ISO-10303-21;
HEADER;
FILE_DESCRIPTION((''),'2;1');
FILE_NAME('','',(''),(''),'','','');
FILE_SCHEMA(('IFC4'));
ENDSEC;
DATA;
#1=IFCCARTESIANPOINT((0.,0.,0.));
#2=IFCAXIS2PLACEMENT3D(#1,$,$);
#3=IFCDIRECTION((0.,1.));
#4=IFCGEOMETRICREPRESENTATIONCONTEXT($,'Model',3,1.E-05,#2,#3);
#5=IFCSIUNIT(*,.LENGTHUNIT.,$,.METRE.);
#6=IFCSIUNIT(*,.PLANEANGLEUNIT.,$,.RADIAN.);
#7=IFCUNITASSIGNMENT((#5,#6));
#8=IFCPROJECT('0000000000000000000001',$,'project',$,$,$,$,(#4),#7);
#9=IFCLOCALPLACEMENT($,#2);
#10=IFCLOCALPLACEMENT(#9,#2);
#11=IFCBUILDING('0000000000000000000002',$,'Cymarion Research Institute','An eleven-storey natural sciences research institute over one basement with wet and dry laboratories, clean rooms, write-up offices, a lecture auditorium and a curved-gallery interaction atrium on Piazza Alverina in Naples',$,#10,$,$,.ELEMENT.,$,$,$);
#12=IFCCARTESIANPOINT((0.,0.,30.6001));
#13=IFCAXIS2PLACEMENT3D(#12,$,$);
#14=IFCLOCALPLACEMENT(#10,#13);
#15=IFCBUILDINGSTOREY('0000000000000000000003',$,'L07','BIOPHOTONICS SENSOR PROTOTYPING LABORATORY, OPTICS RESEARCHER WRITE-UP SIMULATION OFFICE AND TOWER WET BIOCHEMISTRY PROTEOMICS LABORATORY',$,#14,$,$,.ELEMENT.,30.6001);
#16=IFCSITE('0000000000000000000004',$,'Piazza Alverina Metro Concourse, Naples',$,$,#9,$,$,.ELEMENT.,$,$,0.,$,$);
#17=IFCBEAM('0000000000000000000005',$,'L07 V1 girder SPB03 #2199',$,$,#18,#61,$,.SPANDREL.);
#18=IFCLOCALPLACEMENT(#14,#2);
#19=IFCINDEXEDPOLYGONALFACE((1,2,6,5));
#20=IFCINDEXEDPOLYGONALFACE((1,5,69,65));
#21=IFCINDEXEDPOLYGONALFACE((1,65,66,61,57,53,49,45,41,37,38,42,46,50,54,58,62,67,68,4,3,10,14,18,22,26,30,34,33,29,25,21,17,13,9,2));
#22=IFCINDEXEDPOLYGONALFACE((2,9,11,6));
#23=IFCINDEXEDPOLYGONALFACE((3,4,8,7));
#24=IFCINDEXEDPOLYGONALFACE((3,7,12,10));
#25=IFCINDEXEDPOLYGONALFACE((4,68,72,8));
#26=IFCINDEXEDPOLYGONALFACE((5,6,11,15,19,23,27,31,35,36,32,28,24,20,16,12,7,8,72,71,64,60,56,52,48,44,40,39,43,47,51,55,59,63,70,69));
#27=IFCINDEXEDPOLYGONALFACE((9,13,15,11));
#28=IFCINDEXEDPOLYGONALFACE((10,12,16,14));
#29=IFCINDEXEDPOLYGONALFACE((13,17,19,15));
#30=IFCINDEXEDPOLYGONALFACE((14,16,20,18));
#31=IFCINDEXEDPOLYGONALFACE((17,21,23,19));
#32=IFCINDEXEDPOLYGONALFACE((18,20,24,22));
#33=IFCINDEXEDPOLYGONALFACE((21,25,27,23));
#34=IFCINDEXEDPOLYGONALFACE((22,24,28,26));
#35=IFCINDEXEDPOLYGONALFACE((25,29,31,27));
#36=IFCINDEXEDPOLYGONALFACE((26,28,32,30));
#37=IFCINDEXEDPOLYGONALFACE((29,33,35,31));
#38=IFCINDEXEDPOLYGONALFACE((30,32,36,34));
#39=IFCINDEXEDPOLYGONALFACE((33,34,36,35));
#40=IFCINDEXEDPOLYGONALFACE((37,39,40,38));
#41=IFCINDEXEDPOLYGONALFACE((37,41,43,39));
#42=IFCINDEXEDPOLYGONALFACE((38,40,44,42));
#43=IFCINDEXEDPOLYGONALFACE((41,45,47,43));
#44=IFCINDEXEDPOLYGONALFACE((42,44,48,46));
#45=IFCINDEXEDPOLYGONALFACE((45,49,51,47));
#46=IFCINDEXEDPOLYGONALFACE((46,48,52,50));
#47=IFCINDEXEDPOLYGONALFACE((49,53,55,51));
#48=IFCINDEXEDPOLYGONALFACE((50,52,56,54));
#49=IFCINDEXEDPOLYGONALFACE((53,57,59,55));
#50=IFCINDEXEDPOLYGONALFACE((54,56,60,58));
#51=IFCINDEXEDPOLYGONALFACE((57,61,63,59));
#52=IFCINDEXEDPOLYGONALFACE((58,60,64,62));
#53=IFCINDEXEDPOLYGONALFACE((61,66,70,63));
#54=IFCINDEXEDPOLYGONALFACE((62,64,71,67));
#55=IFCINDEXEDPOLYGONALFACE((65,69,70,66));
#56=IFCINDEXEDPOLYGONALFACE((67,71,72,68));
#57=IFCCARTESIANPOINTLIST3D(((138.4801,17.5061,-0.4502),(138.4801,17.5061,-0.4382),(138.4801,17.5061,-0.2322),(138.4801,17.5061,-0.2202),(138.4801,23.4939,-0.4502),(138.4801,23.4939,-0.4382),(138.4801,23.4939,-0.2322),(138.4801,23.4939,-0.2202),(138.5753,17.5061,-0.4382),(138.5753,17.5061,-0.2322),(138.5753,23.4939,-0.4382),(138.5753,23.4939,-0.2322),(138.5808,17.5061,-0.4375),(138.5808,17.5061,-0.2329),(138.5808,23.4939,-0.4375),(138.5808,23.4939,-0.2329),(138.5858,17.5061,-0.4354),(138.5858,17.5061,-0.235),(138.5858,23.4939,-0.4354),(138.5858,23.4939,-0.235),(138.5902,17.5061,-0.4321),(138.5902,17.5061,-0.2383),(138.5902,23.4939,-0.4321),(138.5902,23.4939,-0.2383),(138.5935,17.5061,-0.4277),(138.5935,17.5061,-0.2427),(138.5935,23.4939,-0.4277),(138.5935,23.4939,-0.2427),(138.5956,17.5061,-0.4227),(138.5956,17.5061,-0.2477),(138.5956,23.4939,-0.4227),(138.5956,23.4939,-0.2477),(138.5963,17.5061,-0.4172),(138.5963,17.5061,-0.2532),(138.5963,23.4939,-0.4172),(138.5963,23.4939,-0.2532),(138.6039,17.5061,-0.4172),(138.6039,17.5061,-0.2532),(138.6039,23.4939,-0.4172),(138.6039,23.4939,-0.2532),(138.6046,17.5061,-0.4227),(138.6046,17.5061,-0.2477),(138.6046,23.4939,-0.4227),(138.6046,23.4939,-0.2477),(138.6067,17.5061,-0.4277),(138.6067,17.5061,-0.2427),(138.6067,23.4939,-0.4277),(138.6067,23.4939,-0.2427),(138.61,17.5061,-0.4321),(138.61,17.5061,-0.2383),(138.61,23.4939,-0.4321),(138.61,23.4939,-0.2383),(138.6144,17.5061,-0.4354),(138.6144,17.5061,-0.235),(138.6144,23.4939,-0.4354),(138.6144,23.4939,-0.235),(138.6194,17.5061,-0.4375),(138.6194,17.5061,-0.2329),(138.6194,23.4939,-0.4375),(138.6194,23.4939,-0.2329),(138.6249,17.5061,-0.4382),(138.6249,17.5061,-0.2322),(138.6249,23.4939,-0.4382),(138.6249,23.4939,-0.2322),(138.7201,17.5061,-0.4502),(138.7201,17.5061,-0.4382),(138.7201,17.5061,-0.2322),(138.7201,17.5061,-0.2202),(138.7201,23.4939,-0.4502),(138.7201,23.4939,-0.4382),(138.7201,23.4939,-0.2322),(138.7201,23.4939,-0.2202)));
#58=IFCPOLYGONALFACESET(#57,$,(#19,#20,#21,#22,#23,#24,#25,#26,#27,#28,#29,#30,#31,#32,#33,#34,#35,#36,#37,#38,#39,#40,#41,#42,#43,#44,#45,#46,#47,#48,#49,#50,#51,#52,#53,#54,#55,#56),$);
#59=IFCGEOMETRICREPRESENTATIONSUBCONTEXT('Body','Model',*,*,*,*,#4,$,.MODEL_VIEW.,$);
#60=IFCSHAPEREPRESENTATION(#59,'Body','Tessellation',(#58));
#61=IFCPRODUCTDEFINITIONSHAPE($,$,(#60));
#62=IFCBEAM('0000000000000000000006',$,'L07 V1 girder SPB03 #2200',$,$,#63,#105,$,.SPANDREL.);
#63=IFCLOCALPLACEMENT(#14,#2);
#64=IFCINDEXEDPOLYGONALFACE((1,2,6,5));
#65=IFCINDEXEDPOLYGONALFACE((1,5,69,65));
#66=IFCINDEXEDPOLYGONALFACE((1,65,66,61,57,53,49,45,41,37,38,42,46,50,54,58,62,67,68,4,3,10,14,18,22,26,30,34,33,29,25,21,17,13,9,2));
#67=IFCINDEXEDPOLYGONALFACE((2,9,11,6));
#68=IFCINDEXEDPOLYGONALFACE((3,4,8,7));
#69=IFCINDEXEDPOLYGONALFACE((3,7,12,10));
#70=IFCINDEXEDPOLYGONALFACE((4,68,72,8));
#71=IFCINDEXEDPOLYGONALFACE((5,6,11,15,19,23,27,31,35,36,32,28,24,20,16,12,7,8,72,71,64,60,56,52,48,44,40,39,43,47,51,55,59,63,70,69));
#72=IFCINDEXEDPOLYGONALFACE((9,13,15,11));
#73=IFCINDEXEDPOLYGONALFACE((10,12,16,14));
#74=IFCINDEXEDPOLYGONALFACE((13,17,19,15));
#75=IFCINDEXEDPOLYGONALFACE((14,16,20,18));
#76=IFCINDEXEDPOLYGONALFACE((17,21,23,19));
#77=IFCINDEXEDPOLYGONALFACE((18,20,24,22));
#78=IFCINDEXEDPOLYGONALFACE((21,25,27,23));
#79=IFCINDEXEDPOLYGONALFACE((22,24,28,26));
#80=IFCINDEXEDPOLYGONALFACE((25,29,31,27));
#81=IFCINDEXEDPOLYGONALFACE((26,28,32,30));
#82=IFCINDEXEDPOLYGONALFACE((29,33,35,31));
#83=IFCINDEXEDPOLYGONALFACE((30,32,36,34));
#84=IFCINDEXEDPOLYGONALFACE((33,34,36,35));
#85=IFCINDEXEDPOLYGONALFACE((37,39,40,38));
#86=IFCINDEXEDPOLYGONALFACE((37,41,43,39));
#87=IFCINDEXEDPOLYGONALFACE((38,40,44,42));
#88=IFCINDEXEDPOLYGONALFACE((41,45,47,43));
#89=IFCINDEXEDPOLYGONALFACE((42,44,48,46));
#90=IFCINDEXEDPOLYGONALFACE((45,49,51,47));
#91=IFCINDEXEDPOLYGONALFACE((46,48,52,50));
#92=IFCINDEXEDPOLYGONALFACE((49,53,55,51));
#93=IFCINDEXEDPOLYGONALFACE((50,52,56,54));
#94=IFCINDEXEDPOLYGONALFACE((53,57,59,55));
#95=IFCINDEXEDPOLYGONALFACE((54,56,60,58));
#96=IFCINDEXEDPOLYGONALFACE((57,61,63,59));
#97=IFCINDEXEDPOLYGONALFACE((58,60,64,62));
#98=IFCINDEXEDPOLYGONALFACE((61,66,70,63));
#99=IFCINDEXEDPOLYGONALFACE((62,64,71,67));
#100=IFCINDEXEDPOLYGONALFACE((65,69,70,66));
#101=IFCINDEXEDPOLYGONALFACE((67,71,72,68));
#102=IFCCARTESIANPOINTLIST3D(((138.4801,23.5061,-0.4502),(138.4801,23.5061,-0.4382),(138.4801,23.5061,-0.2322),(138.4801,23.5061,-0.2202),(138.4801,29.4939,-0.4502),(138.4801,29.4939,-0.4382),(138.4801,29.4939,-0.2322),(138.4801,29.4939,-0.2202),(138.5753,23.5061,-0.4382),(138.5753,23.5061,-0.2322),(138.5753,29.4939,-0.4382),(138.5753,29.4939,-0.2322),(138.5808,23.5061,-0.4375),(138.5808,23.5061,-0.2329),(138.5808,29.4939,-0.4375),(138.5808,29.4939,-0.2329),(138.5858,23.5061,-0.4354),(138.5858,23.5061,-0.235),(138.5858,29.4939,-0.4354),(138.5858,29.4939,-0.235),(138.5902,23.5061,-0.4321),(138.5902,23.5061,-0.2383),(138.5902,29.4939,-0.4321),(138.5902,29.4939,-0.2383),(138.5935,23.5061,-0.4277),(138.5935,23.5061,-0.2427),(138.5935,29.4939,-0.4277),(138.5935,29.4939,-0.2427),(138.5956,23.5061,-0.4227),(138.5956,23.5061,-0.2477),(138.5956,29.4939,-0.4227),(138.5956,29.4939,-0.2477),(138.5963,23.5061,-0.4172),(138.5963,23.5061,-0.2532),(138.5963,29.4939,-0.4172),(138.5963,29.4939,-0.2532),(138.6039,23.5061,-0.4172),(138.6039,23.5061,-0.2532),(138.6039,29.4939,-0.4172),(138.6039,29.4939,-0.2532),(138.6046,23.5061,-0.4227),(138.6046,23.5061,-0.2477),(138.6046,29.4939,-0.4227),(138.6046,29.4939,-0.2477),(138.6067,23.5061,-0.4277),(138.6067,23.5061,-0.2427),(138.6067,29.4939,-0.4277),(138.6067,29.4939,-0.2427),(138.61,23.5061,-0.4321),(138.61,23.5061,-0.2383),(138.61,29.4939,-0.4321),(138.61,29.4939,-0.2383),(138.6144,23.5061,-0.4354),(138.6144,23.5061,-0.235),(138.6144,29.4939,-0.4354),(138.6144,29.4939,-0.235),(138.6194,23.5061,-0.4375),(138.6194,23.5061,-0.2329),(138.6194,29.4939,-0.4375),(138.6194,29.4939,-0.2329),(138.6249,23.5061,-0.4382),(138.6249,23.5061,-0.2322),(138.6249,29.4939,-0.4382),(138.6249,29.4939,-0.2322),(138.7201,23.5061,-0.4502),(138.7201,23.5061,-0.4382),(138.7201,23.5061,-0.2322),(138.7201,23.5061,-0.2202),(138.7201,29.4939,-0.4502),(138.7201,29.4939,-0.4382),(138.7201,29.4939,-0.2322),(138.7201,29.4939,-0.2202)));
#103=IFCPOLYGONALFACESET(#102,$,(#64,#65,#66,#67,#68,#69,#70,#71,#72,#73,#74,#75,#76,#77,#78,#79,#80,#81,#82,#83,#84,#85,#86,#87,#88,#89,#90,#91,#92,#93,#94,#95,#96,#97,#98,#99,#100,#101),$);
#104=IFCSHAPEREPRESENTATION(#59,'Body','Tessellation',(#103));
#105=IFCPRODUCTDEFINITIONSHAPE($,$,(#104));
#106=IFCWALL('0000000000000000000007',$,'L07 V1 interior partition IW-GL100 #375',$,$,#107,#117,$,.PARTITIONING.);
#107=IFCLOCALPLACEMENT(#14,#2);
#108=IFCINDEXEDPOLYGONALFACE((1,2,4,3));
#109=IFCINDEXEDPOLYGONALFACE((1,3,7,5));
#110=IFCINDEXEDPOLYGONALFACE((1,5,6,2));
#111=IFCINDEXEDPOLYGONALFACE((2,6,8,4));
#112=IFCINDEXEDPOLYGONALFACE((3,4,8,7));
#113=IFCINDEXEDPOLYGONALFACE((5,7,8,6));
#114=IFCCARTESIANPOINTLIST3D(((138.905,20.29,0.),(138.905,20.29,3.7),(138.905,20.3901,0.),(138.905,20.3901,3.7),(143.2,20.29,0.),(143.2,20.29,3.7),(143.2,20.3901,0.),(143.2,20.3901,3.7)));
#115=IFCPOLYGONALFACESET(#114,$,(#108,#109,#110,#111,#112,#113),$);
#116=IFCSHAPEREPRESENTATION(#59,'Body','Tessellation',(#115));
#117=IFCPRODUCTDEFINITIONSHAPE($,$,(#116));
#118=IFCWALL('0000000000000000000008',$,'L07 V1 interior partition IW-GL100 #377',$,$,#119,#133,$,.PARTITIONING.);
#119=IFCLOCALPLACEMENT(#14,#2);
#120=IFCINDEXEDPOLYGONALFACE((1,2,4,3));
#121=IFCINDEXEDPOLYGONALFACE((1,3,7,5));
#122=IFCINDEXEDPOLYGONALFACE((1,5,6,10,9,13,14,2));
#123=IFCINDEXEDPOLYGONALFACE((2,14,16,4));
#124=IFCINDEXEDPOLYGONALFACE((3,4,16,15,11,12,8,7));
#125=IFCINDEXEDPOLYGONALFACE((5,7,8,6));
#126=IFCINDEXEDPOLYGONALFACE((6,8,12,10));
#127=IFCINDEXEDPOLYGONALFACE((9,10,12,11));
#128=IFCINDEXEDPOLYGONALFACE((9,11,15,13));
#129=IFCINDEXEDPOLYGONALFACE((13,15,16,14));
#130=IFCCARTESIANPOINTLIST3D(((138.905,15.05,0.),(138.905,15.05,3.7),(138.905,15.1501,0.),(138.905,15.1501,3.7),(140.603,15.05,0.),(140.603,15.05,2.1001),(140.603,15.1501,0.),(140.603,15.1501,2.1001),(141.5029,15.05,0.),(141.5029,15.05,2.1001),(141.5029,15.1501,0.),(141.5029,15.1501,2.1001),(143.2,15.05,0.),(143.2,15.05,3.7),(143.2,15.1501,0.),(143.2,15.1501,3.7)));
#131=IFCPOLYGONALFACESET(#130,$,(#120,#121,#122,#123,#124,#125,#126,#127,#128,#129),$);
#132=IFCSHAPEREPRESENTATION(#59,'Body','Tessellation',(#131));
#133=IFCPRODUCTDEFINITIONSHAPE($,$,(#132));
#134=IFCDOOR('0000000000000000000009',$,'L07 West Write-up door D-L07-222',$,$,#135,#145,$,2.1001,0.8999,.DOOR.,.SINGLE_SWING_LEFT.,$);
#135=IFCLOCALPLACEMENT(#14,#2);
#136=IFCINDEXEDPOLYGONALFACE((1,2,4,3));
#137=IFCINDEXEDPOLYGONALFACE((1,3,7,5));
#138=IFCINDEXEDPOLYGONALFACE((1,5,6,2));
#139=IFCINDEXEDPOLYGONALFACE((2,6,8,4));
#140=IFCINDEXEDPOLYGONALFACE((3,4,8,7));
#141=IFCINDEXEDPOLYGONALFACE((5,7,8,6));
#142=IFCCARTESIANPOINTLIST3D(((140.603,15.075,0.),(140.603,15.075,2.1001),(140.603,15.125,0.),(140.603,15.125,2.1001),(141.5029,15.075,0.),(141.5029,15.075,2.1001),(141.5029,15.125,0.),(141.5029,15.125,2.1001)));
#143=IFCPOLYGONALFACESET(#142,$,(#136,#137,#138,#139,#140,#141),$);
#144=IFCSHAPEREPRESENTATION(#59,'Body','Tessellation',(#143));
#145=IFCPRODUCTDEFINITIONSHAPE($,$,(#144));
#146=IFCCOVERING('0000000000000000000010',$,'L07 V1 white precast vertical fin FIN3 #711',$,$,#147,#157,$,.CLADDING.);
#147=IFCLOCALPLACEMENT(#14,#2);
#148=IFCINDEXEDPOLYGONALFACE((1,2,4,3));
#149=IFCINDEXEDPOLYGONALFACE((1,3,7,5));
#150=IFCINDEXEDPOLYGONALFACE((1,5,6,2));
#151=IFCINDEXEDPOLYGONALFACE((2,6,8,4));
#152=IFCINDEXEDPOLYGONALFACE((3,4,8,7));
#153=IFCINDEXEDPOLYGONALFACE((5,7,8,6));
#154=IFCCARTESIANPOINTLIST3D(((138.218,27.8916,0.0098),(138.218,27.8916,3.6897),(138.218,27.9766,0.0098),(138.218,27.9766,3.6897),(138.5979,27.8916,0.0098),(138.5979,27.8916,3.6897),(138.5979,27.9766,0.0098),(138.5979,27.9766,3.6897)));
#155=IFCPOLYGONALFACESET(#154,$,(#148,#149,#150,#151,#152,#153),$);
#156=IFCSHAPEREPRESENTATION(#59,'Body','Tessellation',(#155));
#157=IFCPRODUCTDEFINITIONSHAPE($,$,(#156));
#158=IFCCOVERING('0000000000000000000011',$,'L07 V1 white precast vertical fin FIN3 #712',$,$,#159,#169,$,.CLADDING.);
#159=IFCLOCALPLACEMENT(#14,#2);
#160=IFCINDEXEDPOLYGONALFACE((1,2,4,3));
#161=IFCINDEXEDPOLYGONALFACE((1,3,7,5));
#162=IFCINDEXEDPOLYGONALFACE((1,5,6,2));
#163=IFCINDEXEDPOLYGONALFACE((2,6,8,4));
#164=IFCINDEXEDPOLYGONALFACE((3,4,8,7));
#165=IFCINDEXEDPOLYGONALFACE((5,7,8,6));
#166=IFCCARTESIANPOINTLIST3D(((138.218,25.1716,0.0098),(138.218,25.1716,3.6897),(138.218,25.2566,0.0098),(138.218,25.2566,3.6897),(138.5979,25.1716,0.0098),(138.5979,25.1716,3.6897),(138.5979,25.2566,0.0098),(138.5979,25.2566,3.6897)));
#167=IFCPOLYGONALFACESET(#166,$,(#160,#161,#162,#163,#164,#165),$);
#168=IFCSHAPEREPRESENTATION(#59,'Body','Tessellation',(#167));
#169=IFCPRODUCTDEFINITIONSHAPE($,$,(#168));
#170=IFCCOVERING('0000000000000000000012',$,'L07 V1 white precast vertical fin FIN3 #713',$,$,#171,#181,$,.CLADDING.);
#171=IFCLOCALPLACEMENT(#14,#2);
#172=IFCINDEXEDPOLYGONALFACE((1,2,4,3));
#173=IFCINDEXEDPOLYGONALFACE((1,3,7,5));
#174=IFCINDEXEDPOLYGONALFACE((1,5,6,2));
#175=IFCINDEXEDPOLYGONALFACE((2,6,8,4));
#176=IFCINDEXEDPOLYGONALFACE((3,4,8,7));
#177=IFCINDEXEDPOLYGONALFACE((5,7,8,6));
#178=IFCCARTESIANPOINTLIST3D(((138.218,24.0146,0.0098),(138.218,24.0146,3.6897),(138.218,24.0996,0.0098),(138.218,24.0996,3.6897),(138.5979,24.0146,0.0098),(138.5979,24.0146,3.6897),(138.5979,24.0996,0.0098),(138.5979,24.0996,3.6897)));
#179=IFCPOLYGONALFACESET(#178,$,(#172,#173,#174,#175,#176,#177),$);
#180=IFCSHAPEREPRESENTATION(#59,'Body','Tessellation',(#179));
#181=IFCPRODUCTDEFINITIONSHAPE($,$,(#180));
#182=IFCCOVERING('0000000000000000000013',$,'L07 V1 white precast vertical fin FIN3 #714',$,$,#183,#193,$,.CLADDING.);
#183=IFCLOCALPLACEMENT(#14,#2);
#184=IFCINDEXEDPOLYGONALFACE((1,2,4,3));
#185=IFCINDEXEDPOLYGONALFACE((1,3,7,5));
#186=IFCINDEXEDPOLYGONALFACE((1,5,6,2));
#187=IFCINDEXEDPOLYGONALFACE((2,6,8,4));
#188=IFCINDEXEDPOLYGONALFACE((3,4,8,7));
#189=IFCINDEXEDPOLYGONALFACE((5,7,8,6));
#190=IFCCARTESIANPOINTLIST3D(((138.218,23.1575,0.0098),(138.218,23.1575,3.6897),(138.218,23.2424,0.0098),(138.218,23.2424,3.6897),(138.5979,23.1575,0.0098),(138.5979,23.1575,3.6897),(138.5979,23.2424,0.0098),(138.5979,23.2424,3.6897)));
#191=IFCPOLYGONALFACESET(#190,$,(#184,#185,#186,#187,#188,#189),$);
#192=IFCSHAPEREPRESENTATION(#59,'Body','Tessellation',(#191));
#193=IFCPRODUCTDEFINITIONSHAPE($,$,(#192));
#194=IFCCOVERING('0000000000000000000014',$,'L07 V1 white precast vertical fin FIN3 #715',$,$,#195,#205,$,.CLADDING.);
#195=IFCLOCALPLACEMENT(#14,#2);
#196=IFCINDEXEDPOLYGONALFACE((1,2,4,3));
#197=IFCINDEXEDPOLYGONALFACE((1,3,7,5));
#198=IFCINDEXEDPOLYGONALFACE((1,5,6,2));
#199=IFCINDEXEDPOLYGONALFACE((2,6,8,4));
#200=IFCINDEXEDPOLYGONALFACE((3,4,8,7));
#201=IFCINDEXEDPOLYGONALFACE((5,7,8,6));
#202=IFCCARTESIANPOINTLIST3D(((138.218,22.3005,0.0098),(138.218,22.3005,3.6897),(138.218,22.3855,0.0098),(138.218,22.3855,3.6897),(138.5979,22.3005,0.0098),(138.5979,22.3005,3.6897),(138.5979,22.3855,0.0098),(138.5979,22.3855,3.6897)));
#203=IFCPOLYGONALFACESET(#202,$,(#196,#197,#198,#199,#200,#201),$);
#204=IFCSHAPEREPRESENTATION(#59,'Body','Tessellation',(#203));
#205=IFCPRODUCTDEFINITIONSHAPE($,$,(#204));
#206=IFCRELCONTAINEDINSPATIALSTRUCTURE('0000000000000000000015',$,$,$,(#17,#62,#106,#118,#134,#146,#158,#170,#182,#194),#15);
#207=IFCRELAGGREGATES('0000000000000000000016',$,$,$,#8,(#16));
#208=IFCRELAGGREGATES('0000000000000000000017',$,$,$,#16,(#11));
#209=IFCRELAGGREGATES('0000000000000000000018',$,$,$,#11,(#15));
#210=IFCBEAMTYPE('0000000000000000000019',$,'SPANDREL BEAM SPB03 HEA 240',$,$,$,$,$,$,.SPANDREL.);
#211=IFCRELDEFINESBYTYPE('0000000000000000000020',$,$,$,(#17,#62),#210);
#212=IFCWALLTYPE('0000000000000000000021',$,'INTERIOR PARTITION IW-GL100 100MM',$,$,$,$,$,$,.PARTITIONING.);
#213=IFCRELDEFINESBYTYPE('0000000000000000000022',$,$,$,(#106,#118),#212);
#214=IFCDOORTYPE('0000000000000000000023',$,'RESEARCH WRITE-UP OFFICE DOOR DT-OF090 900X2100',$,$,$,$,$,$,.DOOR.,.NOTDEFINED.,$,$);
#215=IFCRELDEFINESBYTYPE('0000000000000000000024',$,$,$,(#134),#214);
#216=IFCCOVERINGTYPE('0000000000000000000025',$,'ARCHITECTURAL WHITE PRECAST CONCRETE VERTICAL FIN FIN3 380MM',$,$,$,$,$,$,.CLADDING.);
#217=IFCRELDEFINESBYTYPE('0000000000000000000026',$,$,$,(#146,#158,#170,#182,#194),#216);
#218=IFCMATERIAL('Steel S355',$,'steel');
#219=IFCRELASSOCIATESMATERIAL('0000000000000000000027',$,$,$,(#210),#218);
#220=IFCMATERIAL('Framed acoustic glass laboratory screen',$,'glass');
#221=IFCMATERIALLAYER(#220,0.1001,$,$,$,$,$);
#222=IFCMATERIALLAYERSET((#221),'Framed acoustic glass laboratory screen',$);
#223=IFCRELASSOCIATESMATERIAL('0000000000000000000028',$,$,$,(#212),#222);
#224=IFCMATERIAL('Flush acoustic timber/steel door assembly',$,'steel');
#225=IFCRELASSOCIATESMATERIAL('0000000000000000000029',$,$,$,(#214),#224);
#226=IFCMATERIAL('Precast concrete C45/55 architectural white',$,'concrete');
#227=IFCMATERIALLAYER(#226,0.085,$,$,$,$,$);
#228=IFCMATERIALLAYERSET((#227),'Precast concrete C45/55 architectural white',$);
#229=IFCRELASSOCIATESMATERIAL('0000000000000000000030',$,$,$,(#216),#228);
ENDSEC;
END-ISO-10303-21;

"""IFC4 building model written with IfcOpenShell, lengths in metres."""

from ifc_helpers import new_model, si_unit, direction, frame, frame_2d, origin, origin_2d, place, context, subcontext, project, spatial, rectangle, i_section, extrude, material, layer, layer_set, material_profile, profile_set, type_object, element, fill, save


model = new_model("IFC4")

# Units and contexts
model_context = context("Model", 3, precision=1e-05, world=origin(), true_north=direction((0.0, 1.0)))
body_context = subcontext(model_context, "Body", "Model", "MODEL_VIEW")
ifc_project = project(units=[si_unit("LENGTHUNIT", "METRE"), si_unit("PLANEANGLEUNIT", "RADIAN")], contexts=[model_context])

# Site, building, storey
site_placement = place(None, origin())
site = spatial("IfcSite", under=ifc_project, at=site_placement, Name="Piazza Alverina Metro Concourse, Naples", CompositionType="ELEMENT", RefElevation=0.0)
building_placement = place(site_placement, origin())
building = spatial("IfcBuilding", under=site, at=building_placement, Name="Cymarion Research Institute", Description="An eleven-storey natural sciences research institute over one basement with wet and dry laboratories, clean rooms, write-up offices, a lecture auditorium and a curved-gallery interaction atrium on Piazza Alverina in Naples", CompositionType="ELEMENT")
storey_placement = place(building_placement, frame((0.0, 0.0, 30.6001)))
storey = spatial("IfcBuildingStorey", under=building, at=storey_placement, Name="L07", Description="BIOPHOTONICS SENSOR PROTOTYPING LABORATORY, OPTICS RESEARCHER WRITE-UP SIMULATION OFFICE AND TOWER WET BIOCHEMISTRY PROTEOMICS LABORATORY", CompositionType="ELEMENT", Elevation=30.6001)

# Shared definitions
ifc_material_1 = material(Name="Steel S355", Category="steel")

# Beams
ifc_material_profile_1 = material_profile(ifc_material_1, i_section(OverallWidth=0.24, OverallDepth=0.23, WebThickness=0.0076, FlangeThickness=0.012, FilletRadius=0.021, at=origin_2d()), Name="HEA 240")
ifc_profile_set_1 = profile_set([ifc_material_profile_1], Name="Steel S355")
beam_type_1 = type_object("IfcBeamType", Name="SPANDREL BEAM SPB03 HEA 240", PredefinedType="SPANDREL", material=ifc_profile_set_1)
for number, where, z_axis, x_axis, name in (
    (1, (138.6001, 17.5061, -0.3352), (0.0, 1.0, 0.0), (-1.0, 0.0, 0.0), "L07 V1 girder SPB03 #2199"),
    (2, (138.6001, 23.5061, -0.3352), (0.0, 1.0, 0.0), (-1.0, 0.0, 0.0), "L07 V1 girder SPB03 #2200"),
):
    element("IfcBeam", number, at=place(storey_placement, frame(where, z_axis=z_axis, x_axis=x_axis)), inside=storey, type_object=beam_type_1, Name=name, PredefinedType="SPANDREL", context=body_context, shape_type="SweptSolid", body=[
        extrude(i_section(OverallWidth=0.24, OverallDepth=0.23, WebThickness=0.0076, FlangeThickness=0.012, FilletRadius=0.021, at=origin_2d()), origin(), (0.0, 0.0, 1.0), 5.9878),
    ])

# Wall
ifc_material_2 = material(Name="Framed acoustic glass laboratory screen", Category="glass")
ifc_layer_1 = layer(ifc_material_2, 0.1001)
ifc_layer_set_1 = layer_set([ifc_layer_1], Name="Framed acoustic glass laboratory screen")
wall_type_1 = type_object("IfcWallType", Name="INTERIOR PARTITION IW-GL100 100MM", PredefinedType="PARTITIONING", material=ifc_layer_set_1)
wall_1_placement = place(storey_placement, frame((138.905, 20.3401, 0.0), z_axis=(0.0, 0.0, 1.0), x_axis=(1.0, 0.0, 0.0)))
element("IfcWall", 3, at=wall_1_placement, inside=storey, type_object=wall_type_1, Name="L07 V1 interior partition IW-GL100 #375", PredefinedType="PARTITIONING", context=body_context, shape_type="SweptSolid", body=[
    extrude(rectangle(XDim=4.2949, YDim=0.1001, at=frame_2d((2.1475, 0.0))), origin(), (0.0, 0.0, 1.0), 3.7),
])

# Wall, opening, door
wall_2_placement = place(storey_placement, frame((138.905, 15.1001, 0.0), z_axis=(0.0, 0.0, 1.0), x_axis=(1.0, 0.0, 0.0)))
wall_2 = element("IfcWall", 4, at=wall_2_placement, inside=storey, type_object=wall_type_1, Name="L07 V1 interior partition IW-GL100 #377", PredefinedType="PARTITIONING", context=body_context, shape_type="SweptSolid", body=[
    extrude(rectangle(XDim=4.2949, YDim=0.1001, at=frame_2d((2.1475, 0.0))), origin(), (0.0, 0.0, 1.0), 3.7),
])
opening_1_placement = place(wall_2_placement, frame((1.698, 0.0, 0.0)))
opening_1 = element("IfcOpeningElement", 5, at=opening_1_placement, cuts=wall_2, PredefinedType="OPENING", context=body_context, shape_type="SweptSolid", body=[
    extrude(rectangle(XDim=0.8999, YDim=2.1001, at=frame_2d((0.45, 1.05))), frame((0.0, 0.0601, 0.0), z_axis=(0.0, -1.0, 0.0), x_axis=(1.0, 0.0, 0.0)), (0.0, 0.0, 1.0), 0.1201),
])
ifc_material_3 = material(Name="Flush acoustic timber/steel door assembly", Category="steel")
door_type_1 = type_object("IfcDoorType", Name="RESEARCH WRITE-UP OFFICE DOOR DT-OF090 900X2100", OperationType="NOTDEFINED", PredefinedType="DOOR", material=ifc_material_3)
door_1_placement = place(opening_1_placement, origin())
door_1 = element("IfcDoor", 6, at=door_1_placement, inside=storey, type_object=door_type_1, Name="L07 West Write-up door D-L07-222", OperationType="SINGLE_SWING_LEFT", OverallHeight=2.1001, OverallWidth=0.8999, PredefinedType="DOOR", context=body_context, shape_type="SweptSolid", body=[
    extrude(rectangle(XDim=0.8999, YDim=2.1001, at=frame_2d((0.45, 1.05))), frame((0.0, 0.0249, 0.0), z_axis=(0.0, -1.0, 0.0), x_axis=(1.0, 0.0, 0.0)), (0.0, 0.0, 1.0), 0.05),
])
fill(opening_1, door_1)

# Coverings
ifc_material_4 = material(Name="Precast concrete C45/55 architectural white", Category="concrete")
ifc_layer_2 = layer(ifc_material_4, 0.085)
ifc_layer_set_2 = layer_set([ifc_layer_2], Name="Precast concrete C45/55 architectural white")
covering_type = type_object("IfcCoveringType", Name="ARCHITECTURAL WHITE PRECAST CONCRETE VERTICAL FIN FIN3 380MM", PredefinedType="CLADDING", material=ifc_layer_set_2)
for number, where, z_axis, x_axis, name in (
    (7, (138.408, 27.9341, 0.0098), (0.0, 0.0, 1.0), (-1.0, 0.0, 0.0), "L07 V1 white precast vertical fin FIN3 #711"),
    (8, (138.408, 25.2141, 0.0098), (0.0, 0.0, 1.0), (-1.0, 0.0, 0.0), "L07 V1 white precast vertical fin FIN3 #712"),
    (9, (138.408, 24.0571, 0.0098), (0.0, 0.0, 1.0), (-1.0, 0.0, 0.0), "L07 V1 white precast vertical fin FIN3 #713"),
    (10, (138.408, 23.2, 0.0098), (0.0, 0.0, 1.0), (-1.0, 0.0, 0.0), "L07 V1 white precast vertical fin FIN3 #714"),
    (11, (138.408, 22.343, 0.0098), (0.0, 0.0, 1.0), (-1.0, 0.0, 0.0), "L07 V1 white precast vertical fin FIN3 #715"),
):
    element("IfcCovering", number, at=place(storey_placement, frame(where, z_axis=z_axis, x_axis=x_axis)), inside=storey, type_object=covering_type, Name=name, PredefinedType="CLADDING", context=body_context, shape_type="SweptSolid", body=[
        extrude(rectangle(XDim=0.3799, YDim=0.085, at=origin_2d()), origin(), (0.0, 0.0, 1.0), 3.6799),
    ])

save(model, "model.ifc")
